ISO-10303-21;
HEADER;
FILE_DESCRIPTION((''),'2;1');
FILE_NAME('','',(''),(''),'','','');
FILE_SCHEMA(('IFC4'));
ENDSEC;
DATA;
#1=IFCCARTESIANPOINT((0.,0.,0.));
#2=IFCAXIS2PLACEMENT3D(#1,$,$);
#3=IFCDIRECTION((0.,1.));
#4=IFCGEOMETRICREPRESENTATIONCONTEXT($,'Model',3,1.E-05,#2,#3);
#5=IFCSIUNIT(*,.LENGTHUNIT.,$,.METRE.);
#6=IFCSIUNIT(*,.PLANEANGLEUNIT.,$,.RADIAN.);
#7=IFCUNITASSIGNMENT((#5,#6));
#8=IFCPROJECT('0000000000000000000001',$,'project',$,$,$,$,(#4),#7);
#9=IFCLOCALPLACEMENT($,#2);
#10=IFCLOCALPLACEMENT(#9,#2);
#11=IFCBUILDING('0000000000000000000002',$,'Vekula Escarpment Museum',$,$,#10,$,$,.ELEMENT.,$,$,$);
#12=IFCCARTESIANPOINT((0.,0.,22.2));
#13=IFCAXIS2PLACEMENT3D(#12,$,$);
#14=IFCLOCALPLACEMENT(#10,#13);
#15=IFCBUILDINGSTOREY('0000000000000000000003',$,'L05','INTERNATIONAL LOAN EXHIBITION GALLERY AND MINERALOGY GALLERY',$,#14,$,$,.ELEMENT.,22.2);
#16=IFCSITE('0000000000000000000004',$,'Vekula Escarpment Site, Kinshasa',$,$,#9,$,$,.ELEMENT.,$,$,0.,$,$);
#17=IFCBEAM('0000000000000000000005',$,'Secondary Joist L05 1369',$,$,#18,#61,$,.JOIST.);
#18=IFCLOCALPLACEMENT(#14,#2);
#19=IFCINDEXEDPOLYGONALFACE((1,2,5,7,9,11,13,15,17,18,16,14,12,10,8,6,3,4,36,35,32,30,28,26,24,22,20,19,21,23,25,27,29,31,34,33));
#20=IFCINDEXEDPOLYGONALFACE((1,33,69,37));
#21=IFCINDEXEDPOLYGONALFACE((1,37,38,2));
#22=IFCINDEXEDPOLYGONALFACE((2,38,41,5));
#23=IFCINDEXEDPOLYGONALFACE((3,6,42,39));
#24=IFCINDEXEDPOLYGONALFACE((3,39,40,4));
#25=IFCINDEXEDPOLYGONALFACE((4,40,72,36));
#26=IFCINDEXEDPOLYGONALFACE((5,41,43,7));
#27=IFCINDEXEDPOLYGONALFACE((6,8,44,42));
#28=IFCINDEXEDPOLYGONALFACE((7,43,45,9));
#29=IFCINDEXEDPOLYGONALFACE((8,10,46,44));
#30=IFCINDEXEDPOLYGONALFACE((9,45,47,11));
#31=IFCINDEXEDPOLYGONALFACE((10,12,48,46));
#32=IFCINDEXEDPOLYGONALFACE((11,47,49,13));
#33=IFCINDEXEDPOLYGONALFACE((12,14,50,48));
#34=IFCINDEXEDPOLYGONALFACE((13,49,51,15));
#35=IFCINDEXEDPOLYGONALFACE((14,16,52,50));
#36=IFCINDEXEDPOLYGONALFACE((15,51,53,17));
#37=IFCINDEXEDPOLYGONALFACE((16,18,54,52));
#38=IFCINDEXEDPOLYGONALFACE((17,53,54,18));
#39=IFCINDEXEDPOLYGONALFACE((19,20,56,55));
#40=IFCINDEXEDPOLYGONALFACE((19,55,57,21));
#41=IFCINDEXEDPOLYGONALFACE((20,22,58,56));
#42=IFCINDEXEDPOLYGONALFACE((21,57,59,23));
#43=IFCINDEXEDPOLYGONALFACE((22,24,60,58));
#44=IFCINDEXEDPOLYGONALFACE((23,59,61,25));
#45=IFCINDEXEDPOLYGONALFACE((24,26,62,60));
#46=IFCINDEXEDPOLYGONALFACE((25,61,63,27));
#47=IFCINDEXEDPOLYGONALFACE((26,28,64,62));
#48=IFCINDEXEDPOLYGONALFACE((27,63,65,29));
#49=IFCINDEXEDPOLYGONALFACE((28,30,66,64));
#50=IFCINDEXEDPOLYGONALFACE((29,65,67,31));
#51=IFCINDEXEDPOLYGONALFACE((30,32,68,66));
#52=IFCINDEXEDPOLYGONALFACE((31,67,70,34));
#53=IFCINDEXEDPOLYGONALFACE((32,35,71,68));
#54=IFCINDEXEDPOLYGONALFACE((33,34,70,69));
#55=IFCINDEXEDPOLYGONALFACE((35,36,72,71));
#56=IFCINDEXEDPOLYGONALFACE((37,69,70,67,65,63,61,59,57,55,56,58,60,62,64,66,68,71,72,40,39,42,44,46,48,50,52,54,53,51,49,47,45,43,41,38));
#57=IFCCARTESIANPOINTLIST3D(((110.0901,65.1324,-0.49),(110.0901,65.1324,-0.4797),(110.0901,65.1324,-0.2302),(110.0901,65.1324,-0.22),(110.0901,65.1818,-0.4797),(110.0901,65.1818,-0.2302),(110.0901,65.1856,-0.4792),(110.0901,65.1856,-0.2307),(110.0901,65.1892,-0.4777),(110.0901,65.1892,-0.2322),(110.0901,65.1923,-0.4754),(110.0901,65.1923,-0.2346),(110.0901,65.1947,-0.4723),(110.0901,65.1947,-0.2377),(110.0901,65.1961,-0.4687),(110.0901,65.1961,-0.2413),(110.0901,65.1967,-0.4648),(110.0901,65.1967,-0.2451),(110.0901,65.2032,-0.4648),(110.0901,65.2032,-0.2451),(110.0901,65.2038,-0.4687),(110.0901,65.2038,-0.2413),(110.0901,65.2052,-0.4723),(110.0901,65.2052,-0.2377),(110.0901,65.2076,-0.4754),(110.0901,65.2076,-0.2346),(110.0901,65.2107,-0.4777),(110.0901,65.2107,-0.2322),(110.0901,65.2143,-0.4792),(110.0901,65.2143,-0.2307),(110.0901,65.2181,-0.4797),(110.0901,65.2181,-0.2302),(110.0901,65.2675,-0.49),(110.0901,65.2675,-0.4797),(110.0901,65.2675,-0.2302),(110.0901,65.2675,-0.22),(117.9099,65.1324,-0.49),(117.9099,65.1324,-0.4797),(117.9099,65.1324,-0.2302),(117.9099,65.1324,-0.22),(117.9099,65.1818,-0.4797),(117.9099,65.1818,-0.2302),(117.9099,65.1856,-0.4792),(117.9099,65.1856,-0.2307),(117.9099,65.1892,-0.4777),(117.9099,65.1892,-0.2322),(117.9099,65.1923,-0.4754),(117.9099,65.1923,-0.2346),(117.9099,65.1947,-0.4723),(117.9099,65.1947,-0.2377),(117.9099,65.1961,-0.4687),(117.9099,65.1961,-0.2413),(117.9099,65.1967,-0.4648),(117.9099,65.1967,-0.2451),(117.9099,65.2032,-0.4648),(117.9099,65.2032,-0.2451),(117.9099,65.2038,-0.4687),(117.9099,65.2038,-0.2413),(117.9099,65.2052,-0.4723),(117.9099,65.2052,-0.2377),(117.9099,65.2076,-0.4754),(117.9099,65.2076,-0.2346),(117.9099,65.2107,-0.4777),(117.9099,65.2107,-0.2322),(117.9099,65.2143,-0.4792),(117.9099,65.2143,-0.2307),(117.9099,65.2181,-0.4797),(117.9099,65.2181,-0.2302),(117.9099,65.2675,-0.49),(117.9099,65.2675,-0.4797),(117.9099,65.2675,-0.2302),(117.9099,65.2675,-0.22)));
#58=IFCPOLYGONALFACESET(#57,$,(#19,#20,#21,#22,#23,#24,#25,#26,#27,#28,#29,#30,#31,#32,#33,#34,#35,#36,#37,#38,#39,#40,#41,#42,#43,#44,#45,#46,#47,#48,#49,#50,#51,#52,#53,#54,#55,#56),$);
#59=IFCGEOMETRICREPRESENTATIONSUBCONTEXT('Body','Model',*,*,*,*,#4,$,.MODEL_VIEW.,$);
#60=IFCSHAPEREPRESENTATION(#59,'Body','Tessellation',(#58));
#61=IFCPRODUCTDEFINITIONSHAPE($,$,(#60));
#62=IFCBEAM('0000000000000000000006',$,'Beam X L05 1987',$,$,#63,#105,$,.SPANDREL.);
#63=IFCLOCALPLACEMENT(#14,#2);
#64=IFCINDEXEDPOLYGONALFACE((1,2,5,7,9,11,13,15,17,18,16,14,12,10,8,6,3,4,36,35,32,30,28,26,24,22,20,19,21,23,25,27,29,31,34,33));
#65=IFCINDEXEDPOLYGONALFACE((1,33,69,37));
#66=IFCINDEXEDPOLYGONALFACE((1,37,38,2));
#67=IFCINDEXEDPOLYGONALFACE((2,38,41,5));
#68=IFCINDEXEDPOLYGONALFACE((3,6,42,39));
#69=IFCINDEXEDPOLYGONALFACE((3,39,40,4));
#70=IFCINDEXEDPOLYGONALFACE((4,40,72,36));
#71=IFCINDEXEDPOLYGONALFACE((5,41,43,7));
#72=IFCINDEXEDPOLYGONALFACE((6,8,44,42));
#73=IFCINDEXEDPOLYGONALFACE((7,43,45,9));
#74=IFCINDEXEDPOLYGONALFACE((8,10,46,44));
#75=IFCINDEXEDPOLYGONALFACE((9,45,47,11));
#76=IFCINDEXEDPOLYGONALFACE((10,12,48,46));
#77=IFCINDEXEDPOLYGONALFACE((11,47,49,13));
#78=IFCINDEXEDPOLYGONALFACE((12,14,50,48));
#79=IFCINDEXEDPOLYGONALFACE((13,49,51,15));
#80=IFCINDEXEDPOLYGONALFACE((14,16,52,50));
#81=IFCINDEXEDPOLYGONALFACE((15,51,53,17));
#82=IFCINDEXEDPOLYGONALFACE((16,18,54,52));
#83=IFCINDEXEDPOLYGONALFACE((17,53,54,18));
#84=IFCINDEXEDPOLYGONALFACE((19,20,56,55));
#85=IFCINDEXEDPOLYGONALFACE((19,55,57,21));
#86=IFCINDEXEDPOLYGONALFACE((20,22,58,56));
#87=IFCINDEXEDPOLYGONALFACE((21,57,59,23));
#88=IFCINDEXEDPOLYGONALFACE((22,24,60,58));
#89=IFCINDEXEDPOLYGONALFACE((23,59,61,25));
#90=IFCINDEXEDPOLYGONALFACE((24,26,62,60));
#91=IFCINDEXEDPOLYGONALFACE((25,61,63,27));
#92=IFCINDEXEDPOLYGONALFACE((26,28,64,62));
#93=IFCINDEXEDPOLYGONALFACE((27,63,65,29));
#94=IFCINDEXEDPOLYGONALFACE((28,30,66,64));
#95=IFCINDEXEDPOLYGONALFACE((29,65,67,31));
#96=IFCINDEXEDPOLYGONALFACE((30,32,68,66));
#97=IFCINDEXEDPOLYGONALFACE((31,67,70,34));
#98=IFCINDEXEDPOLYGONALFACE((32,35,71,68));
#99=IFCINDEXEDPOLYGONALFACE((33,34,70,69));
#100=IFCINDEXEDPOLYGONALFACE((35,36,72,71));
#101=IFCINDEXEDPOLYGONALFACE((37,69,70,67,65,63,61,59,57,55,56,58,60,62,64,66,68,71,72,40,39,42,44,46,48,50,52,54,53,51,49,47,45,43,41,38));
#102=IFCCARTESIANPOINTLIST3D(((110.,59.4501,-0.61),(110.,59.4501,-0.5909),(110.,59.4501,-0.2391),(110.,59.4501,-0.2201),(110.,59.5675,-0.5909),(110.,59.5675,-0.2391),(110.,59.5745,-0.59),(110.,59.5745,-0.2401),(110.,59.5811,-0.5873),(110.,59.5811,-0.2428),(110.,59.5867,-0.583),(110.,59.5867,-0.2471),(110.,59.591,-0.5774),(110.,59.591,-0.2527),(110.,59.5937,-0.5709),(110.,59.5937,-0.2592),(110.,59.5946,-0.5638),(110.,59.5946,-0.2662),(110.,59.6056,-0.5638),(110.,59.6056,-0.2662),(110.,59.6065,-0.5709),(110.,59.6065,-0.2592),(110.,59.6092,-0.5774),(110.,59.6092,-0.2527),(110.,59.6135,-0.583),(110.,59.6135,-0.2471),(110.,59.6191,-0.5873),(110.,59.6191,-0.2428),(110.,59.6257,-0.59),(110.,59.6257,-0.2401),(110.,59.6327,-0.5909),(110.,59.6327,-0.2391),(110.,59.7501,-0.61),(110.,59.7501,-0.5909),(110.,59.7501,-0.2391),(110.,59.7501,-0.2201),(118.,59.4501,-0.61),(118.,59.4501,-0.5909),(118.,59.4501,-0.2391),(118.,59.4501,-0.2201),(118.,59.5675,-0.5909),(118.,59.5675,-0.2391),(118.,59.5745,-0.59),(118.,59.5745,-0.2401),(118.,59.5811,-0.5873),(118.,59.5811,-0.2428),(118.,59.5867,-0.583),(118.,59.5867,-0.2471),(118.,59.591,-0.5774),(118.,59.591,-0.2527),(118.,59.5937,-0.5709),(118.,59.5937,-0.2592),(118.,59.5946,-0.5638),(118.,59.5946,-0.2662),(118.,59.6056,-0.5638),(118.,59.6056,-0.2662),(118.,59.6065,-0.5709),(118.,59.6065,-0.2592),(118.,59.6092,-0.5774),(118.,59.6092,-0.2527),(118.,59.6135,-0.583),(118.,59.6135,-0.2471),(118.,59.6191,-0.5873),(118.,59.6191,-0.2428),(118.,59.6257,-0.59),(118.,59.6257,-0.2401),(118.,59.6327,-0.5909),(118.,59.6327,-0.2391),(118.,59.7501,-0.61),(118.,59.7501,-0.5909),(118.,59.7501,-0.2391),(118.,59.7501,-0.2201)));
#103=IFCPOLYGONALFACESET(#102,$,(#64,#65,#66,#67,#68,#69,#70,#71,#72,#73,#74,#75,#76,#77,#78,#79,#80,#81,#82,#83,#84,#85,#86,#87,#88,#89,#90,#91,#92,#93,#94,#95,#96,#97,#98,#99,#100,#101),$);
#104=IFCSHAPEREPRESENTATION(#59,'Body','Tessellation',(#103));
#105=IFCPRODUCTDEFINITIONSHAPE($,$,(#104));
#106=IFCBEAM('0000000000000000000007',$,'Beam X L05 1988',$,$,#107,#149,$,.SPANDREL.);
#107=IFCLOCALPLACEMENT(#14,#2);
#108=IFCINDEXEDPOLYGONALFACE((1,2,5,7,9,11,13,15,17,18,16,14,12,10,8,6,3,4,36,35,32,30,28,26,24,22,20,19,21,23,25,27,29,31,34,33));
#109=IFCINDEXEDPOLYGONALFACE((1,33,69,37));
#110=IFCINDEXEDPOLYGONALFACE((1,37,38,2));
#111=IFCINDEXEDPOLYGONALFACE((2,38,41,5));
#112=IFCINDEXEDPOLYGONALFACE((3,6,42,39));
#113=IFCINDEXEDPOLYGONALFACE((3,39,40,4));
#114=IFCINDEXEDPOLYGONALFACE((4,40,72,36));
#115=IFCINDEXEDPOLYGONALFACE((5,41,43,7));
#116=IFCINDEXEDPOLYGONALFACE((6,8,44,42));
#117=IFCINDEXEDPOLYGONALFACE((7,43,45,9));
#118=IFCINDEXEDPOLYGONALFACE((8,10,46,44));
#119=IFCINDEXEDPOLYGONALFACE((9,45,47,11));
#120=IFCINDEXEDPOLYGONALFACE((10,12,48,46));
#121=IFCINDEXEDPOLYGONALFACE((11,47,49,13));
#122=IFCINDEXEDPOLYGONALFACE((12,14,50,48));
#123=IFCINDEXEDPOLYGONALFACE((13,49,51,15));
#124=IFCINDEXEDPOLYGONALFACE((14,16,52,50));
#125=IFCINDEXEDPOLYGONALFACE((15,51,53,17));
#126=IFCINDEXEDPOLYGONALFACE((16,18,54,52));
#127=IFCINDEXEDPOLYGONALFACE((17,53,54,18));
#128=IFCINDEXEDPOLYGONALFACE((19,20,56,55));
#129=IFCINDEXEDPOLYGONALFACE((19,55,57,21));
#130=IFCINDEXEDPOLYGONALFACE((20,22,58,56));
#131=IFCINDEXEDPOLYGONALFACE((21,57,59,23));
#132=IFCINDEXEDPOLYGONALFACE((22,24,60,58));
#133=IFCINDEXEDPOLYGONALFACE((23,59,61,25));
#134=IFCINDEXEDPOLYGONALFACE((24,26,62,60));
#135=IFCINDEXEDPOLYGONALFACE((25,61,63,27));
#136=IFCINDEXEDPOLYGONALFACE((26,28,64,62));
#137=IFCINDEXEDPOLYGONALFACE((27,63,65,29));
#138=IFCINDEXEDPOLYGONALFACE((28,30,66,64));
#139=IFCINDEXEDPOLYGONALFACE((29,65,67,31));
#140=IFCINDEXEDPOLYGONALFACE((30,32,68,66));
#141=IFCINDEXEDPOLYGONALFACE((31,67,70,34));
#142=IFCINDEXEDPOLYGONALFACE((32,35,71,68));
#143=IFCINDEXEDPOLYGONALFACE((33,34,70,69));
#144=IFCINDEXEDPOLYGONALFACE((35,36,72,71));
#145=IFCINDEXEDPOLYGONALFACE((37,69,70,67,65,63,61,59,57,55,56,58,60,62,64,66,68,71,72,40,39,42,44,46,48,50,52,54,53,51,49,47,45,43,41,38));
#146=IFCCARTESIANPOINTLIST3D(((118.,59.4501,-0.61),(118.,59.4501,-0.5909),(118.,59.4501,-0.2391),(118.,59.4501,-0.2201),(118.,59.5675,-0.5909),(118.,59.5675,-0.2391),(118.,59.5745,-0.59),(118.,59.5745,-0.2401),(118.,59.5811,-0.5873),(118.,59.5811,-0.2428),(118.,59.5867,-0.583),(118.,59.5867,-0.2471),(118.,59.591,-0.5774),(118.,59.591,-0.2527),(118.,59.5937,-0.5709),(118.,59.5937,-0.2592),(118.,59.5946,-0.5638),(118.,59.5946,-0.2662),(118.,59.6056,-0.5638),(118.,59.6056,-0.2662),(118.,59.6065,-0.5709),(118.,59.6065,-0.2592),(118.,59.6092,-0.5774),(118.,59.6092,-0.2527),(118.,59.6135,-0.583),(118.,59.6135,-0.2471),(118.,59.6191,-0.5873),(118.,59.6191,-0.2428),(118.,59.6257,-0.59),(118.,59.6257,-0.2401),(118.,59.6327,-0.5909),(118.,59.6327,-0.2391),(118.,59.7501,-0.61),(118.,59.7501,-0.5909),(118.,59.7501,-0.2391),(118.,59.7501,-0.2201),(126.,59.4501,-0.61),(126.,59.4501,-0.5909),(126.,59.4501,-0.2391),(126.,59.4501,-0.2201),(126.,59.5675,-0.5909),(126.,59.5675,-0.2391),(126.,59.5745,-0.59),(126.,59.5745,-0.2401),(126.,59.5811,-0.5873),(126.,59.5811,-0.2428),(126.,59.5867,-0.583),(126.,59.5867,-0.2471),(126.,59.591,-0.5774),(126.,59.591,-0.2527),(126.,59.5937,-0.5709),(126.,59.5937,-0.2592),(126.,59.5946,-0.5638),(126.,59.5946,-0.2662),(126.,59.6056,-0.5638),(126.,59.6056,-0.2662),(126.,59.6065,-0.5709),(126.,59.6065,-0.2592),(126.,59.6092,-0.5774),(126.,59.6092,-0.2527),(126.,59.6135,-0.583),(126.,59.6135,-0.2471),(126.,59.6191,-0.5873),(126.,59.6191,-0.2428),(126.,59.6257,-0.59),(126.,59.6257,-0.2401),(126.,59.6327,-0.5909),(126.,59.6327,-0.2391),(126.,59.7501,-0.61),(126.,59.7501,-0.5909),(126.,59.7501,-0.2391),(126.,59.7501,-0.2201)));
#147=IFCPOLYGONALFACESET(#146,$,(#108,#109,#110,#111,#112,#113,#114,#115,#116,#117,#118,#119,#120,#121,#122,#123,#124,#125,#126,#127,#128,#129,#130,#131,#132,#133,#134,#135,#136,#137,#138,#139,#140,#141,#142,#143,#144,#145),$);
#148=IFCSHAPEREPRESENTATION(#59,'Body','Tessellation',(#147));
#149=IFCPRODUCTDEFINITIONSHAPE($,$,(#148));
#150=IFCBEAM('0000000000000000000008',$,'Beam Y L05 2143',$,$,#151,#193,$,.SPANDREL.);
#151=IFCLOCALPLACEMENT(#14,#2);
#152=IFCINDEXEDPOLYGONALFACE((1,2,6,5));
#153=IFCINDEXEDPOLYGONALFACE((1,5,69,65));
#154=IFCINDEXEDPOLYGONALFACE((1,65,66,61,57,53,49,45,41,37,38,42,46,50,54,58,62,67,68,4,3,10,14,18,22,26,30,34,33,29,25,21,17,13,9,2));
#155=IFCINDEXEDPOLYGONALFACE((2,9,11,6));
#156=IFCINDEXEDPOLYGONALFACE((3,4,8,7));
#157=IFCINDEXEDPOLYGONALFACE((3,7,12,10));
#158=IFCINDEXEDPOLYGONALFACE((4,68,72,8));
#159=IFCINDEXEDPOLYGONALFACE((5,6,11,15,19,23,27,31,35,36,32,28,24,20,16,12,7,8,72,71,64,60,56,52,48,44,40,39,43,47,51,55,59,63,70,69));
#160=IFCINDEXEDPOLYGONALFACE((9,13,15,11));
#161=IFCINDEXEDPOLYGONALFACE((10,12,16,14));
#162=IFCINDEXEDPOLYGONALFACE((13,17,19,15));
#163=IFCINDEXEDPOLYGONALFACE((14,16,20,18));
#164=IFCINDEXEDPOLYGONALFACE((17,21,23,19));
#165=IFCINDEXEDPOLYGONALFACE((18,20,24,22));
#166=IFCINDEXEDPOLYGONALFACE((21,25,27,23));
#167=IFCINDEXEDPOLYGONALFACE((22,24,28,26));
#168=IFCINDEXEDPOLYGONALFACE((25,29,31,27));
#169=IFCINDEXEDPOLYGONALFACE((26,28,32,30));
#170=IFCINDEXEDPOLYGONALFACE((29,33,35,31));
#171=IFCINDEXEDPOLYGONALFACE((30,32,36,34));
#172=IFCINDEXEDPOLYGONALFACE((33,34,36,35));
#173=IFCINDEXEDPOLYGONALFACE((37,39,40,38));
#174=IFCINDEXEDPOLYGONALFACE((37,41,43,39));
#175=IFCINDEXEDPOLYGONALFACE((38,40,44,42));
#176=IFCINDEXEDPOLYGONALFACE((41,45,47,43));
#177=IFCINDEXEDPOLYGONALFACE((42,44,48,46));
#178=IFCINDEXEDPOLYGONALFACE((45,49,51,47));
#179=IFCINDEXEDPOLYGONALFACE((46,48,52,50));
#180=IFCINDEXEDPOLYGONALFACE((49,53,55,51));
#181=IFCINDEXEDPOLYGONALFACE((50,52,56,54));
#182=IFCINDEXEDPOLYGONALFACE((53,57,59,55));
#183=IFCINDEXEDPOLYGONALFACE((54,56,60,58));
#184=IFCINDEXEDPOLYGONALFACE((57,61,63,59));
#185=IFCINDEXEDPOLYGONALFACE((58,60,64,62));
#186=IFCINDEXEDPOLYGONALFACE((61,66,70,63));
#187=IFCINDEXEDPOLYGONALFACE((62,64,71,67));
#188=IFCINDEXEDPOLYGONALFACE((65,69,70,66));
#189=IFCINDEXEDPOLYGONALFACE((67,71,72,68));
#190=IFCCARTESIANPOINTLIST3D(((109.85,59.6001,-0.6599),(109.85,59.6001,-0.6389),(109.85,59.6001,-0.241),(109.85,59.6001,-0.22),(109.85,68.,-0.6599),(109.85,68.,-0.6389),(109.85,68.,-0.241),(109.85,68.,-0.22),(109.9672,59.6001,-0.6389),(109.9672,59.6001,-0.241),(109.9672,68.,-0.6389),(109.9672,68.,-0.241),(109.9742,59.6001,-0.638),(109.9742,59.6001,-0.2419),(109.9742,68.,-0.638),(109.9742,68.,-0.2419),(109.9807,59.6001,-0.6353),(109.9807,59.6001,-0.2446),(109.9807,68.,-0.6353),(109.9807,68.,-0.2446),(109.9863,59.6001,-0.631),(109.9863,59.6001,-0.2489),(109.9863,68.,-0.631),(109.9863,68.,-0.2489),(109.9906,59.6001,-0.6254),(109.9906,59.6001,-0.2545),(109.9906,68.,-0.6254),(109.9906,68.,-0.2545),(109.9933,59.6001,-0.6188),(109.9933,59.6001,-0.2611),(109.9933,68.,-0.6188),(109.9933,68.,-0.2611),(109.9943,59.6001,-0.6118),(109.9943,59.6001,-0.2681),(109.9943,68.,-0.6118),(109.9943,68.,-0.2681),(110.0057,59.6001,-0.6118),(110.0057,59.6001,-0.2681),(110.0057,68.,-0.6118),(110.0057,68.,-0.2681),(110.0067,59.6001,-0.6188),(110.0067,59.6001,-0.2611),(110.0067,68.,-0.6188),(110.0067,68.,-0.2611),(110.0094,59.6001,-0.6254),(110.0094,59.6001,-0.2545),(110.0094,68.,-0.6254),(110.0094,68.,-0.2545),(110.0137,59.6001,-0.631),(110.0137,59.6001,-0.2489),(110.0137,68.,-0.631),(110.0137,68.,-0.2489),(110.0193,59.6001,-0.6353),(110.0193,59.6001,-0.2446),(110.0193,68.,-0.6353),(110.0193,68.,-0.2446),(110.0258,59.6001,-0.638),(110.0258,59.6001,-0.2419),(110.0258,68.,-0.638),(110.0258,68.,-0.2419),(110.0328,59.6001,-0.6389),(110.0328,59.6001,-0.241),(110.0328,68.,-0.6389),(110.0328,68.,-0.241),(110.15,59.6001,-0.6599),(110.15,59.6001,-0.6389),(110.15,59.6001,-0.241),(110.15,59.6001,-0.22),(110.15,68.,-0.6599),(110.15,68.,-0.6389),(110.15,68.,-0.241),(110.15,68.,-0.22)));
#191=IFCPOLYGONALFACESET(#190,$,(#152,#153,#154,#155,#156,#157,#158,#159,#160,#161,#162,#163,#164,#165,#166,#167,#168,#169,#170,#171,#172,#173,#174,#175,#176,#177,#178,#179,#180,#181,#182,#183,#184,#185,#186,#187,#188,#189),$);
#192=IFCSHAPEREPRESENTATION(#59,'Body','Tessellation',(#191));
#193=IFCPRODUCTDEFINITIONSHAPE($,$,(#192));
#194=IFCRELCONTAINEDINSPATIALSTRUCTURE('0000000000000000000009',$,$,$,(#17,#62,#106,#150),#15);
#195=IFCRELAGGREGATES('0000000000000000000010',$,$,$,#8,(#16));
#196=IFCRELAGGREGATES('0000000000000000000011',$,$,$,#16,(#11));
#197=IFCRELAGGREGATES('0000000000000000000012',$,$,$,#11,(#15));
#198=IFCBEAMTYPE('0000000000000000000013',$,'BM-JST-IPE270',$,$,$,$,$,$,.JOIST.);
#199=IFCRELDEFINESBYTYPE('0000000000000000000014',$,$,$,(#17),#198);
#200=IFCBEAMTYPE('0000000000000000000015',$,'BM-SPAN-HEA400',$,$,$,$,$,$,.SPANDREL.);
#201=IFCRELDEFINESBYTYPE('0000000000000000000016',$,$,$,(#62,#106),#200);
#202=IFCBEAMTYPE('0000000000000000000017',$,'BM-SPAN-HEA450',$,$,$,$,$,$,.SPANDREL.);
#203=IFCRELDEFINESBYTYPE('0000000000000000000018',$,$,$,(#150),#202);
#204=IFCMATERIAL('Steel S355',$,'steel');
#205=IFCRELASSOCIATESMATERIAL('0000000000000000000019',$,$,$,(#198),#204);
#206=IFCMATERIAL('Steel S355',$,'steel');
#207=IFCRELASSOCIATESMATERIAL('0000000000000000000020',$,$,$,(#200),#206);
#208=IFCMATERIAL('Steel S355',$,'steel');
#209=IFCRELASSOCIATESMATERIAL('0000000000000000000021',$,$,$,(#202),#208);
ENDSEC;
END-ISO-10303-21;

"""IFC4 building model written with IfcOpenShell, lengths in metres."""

from ifc_helpers import new_model, si_unit, direction, frame, origin, origin_2d, place, context, subcontext, project, spatial, i_section, extrude, material, material_profile, profile_set, type_object, element, save


model = new_model("IFC4")

# Units and contexts
model_context = context("Model", 3, precision=1e-05, world=origin(), true_north=direction((0.0, 1.0)))
body_context = subcontext(model_context, "Body", "Model", "MODEL_VIEW")
ifc_project = project(units=[si_unit("LENGTHUNIT", "METRE"), si_unit("PLANEANGLEUNIT", "RADIAN")], contexts=[model_context])

# Site, building, storey
site_placement = place(None, origin())
site = spatial("IfcSite", under=ifc_project, at=site_placement, Name="Vekula Escarpment Site, Kinshasa", CompositionType="ELEMENT", RefElevation=0.0)
building_placement = place(site_placement, origin())
building = spatial("IfcBuilding", under=site, at=building_placement, Name="Vekula Escarpment Museum", CompositionType="ELEMENT")
storey_placement = place(building_placement, frame((0.0, 0.0, 22.2)))
storey = spatial("IfcBuildingStorey", under=building, at=storey_placement, Name="L05", Description="INTERNATIONAL LOAN EXHIBITION GALLERY AND MINERALOGY GALLERY", CompositionType="ELEMENT", Elevation=22.2)

# Beams
ifc_material_1 = material(Name="Steel S355", Category="steel")
ifc_material_profile_1 = material_profile(ifc_material_1, i_section(OverallWidth=0.135, OverallDepth=0.27, WebThickness=0.0066, FlangeThickness=0.0103, FilletRadius=0.0149, at=origin_2d()), Name="IPE 270")
ifc_profile_set_1 = profile_set([ifc_material_profile_1], Name="Steel S355")
beam_type_1 = type_object("IfcBeamType", Name="BM-JST-IPE270", PredefinedType="JOIST", material=ifc_profile_set_1)
for number, where, z_axis, x_axis, name in (
    (1, (110.0901, 65.2, -0.355), (1.0, 0.0, 0.0), (0.0, 1.0, 0.0), "Secondary Joist L05 1369"),
):
    element("IfcBeam", number, at=place(storey_placement, frame(where, z_axis=z_axis, x_axis=x_axis)), inside=storey, type_object=beam_type_1, Name=name, PredefinedType="JOIST", context=body_context, shape_type="SweptSolid", body=[
        extrude(i_section(OverallWidth=0.135, OverallDepth=0.27, WebThickness=0.0066, FlangeThickness=0.0103, FilletRadius=0.0149, at=origin_2d()), origin(), (0.0, 0.0, 1.0), 7.8198),
    ])
ifc_material_2 = material(Name="Steel S355", Category="steel")
ifc_material_profile_2 = material_profile(ifc_material_2, i_section(OverallWidth=0.3, OverallDepth=0.3899, WebThickness=0.011, FlangeThickness=0.019, FilletRadius=0.0271, at=origin_2d()), Name="HEA 400")
ifc_profile_set_2 = profile_set([ifc_material_profile_2], Name="Steel S355")
beam_type_2 = type_object("IfcBeamType", Name="BM-SPAN-HEA400", PredefinedType="SPANDREL", material=ifc_profile_set_2)
for number, where, z_axis, x_axis, name in (
    (2, (110.0, 59.6001, -0.415), (1.0, 0.0, 0.0), (0.0, 1.0, 0.0), "Beam X L05 1987"),
    (3, (118.0, 59.6001, -0.415), (1.0, 0.0, 0.0), (0.0, 1.0, 0.0), "Beam X L05 1988"),
):
    element("IfcBeam", number, at=place(storey_placement, frame(where, z_axis=z_axis, x_axis=x_axis)), inside=storey, type_object=beam_type_2, Name=name, PredefinedType="SPANDREL", context=body_context, shape_type="SweptSolid", body=[
        extrude(i_section(OverallWidth=0.3, OverallDepth=0.3899, WebThickness=0.011, FlangeThickness=0.019, FilletRadius=0.0271, at=origin_2d()), origin(), (0.0, 0.0, 1.0), 8.0),
    ])
ifc_material_3 = material(Name="Steel S355", Category="steel")
ifc_material_profile_3 = material_profile(ifc_material_3, i_section(OverallWidth=0.3, OverallDepth=0.4399, WebThickness=0.0115, FlangeThickness=0.021, FilletRadius=0.0271, at=origin_2d()), Name="HEA 450")
ifc_profile_set_3 = profile_set([ifc_material_profile_3], Name="Steel S355")
beam_type_3 = type_object("IfcBeamType", Name="BM-SPAN-HEA450", PredefinedType="SPANDREL", material=ifc_profile_set_3)
for number, where, z_axis, x_axis, name in (
    (4, (110.0, 59.6001, -0.4399), (0.0, 1.0, 0.0), (-1.0, 0.0, 0.0), "Beam Y L05 2143"),
):
    element("IfcBeam", number, at=place(storey_placement, frame(where, z_axis=z_axis, x_axis=x_axis)), inside=storey, type_object=beam_type_3, Name=name, PredefinedType="SPANDREL", context=body_context, shape_type="SweptSolid", body=[
        extrude(i_section(OverallWidth=0.3, OverallDepth=0.4399, WebThickness=0.0115, FlangeThickness=0.021, FilletRadius=0.0271, at=origin_2d()), origin(), (0.0, 0.0, 1.0), 8.3999),
    ])

save(model, "model.ifc")
